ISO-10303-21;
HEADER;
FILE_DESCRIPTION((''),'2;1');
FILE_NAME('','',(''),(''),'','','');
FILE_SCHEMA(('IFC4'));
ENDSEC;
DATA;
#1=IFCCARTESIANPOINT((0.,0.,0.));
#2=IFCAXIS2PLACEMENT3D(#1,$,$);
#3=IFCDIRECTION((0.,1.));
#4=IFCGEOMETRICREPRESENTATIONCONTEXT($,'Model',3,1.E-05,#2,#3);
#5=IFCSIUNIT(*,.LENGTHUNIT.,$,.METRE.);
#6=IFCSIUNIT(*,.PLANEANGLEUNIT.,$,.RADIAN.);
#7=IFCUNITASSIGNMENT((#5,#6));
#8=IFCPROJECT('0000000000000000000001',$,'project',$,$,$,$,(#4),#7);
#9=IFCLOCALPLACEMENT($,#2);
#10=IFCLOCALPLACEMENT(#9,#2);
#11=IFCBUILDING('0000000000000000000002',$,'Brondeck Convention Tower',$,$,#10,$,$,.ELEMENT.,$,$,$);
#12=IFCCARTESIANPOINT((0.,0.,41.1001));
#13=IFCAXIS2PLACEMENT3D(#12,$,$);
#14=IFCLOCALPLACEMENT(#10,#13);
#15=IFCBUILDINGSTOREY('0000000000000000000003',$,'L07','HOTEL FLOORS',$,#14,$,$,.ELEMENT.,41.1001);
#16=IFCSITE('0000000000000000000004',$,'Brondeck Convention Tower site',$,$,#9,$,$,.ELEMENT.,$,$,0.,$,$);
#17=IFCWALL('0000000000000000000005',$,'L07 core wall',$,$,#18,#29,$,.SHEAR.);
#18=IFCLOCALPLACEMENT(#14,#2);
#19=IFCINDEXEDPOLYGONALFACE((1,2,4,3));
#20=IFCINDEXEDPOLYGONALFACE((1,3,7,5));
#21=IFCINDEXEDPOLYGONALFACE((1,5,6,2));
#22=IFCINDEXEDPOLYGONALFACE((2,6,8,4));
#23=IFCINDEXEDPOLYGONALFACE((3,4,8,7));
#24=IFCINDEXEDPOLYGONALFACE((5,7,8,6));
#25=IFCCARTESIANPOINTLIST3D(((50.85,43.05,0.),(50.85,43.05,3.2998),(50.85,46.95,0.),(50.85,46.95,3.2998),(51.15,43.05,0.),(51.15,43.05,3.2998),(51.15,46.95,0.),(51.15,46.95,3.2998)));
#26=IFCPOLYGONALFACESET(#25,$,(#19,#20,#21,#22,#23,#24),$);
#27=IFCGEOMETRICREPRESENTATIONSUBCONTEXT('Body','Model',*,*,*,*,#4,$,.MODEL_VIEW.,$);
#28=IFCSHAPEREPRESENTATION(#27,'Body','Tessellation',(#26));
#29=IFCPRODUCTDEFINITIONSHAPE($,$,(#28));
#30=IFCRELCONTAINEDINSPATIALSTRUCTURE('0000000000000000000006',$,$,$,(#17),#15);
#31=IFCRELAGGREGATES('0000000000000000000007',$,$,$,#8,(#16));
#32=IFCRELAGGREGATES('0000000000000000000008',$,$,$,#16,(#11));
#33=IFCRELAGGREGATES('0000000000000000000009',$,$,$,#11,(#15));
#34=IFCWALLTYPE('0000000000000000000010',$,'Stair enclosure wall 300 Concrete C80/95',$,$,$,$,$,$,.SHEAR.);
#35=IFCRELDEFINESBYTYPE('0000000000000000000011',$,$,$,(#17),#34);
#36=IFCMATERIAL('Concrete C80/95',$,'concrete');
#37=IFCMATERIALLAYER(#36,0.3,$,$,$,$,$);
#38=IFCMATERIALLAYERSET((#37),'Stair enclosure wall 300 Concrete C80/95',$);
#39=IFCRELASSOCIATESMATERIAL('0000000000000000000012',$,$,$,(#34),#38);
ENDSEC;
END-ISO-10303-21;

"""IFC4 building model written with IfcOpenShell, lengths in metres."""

from ifc_helpers import new_model, si_unit, direction, frame, frame_2d, origin, place, context, subcontext, project, spatial, rectangle, extrude, material, layer, layer_set, type_object, element, save


model = new_model("IFC4")

# Units and contexts
model_context = context("Model", 3, precision=1e-05, world=origin(), true_north=direction((0.0, 1.0)))
body_context = subcontext(model_context, "Body", "Model", "MODEL_VIEW")
ifc_project = project(units=[si_unit("LENGTHUNIT", "METRE"), si_unit("PLANEANGLEUNIT", "RADIAN")], contexts=[model_context])

# Site, building, storey
site_placement = place(None, origin())
site = spatial("IfcSite", under=ifc_project, at=site_placement, Name="Brondeck Convention Tower site", CompositionType="ELEMENT", RefElevation=0.0)
building_placement = place(site_placement, origin())
building = spatial("IfcBuilding", under=site, at=building_placement, Name="Brondeck Convention Tower", CompositionType="ELEMENT")
storey_placement = place(building_placement, frame((0.0, 0.0, 41.1001)))
storey = spatial("IfcBuildingStorey", under=building, at=storey_placement, Name="L07", Description="HOTEL FLOORS", CompositionType="ELEMENT", Elevation=41.1001)

# Shared definitions
ifc_material_1 = material(Name="Concrete C80/95", Category="concrete")

# Wall
ifc_layer_1 = layer(ifc_material_1, 0.3)
ifc_layer_set_1 = layer_set([ifc_layer_1], Name="Stair enclosure wall 300 Concrete C80/95")
wall_type_1 = type_object("IfcWallType", Name="Stair enclosure wall 300 Concrete C80/95", PredefinedType="SHEAR", material=ifc_layer_set_1)
for number, where, z_axis, x_axis, name in (
    (1, (51.0, 43.05, 0.0), (0.0, 0.0, 1.0), (0.0, 1.0, 0.0), "L07 core wall"),
):
    element("IfcWall", number, at=place(storey_placement, frame(where, z_axis=z_axis, x_axis=x_axis)), inside=storey, type_object=wall_type_1, Name=name, PredefinedType="SHEAR", context=body_context, shape_type="SweptSolid", body=[
        extrude(rectangle(XDim=3.8999, YDim=0.3, at=frame_2d((1.95, 0.0))), origin(), (0.0, 0.0, 1.0), 3.2998),
    ])

save(model, "model.ifc")
